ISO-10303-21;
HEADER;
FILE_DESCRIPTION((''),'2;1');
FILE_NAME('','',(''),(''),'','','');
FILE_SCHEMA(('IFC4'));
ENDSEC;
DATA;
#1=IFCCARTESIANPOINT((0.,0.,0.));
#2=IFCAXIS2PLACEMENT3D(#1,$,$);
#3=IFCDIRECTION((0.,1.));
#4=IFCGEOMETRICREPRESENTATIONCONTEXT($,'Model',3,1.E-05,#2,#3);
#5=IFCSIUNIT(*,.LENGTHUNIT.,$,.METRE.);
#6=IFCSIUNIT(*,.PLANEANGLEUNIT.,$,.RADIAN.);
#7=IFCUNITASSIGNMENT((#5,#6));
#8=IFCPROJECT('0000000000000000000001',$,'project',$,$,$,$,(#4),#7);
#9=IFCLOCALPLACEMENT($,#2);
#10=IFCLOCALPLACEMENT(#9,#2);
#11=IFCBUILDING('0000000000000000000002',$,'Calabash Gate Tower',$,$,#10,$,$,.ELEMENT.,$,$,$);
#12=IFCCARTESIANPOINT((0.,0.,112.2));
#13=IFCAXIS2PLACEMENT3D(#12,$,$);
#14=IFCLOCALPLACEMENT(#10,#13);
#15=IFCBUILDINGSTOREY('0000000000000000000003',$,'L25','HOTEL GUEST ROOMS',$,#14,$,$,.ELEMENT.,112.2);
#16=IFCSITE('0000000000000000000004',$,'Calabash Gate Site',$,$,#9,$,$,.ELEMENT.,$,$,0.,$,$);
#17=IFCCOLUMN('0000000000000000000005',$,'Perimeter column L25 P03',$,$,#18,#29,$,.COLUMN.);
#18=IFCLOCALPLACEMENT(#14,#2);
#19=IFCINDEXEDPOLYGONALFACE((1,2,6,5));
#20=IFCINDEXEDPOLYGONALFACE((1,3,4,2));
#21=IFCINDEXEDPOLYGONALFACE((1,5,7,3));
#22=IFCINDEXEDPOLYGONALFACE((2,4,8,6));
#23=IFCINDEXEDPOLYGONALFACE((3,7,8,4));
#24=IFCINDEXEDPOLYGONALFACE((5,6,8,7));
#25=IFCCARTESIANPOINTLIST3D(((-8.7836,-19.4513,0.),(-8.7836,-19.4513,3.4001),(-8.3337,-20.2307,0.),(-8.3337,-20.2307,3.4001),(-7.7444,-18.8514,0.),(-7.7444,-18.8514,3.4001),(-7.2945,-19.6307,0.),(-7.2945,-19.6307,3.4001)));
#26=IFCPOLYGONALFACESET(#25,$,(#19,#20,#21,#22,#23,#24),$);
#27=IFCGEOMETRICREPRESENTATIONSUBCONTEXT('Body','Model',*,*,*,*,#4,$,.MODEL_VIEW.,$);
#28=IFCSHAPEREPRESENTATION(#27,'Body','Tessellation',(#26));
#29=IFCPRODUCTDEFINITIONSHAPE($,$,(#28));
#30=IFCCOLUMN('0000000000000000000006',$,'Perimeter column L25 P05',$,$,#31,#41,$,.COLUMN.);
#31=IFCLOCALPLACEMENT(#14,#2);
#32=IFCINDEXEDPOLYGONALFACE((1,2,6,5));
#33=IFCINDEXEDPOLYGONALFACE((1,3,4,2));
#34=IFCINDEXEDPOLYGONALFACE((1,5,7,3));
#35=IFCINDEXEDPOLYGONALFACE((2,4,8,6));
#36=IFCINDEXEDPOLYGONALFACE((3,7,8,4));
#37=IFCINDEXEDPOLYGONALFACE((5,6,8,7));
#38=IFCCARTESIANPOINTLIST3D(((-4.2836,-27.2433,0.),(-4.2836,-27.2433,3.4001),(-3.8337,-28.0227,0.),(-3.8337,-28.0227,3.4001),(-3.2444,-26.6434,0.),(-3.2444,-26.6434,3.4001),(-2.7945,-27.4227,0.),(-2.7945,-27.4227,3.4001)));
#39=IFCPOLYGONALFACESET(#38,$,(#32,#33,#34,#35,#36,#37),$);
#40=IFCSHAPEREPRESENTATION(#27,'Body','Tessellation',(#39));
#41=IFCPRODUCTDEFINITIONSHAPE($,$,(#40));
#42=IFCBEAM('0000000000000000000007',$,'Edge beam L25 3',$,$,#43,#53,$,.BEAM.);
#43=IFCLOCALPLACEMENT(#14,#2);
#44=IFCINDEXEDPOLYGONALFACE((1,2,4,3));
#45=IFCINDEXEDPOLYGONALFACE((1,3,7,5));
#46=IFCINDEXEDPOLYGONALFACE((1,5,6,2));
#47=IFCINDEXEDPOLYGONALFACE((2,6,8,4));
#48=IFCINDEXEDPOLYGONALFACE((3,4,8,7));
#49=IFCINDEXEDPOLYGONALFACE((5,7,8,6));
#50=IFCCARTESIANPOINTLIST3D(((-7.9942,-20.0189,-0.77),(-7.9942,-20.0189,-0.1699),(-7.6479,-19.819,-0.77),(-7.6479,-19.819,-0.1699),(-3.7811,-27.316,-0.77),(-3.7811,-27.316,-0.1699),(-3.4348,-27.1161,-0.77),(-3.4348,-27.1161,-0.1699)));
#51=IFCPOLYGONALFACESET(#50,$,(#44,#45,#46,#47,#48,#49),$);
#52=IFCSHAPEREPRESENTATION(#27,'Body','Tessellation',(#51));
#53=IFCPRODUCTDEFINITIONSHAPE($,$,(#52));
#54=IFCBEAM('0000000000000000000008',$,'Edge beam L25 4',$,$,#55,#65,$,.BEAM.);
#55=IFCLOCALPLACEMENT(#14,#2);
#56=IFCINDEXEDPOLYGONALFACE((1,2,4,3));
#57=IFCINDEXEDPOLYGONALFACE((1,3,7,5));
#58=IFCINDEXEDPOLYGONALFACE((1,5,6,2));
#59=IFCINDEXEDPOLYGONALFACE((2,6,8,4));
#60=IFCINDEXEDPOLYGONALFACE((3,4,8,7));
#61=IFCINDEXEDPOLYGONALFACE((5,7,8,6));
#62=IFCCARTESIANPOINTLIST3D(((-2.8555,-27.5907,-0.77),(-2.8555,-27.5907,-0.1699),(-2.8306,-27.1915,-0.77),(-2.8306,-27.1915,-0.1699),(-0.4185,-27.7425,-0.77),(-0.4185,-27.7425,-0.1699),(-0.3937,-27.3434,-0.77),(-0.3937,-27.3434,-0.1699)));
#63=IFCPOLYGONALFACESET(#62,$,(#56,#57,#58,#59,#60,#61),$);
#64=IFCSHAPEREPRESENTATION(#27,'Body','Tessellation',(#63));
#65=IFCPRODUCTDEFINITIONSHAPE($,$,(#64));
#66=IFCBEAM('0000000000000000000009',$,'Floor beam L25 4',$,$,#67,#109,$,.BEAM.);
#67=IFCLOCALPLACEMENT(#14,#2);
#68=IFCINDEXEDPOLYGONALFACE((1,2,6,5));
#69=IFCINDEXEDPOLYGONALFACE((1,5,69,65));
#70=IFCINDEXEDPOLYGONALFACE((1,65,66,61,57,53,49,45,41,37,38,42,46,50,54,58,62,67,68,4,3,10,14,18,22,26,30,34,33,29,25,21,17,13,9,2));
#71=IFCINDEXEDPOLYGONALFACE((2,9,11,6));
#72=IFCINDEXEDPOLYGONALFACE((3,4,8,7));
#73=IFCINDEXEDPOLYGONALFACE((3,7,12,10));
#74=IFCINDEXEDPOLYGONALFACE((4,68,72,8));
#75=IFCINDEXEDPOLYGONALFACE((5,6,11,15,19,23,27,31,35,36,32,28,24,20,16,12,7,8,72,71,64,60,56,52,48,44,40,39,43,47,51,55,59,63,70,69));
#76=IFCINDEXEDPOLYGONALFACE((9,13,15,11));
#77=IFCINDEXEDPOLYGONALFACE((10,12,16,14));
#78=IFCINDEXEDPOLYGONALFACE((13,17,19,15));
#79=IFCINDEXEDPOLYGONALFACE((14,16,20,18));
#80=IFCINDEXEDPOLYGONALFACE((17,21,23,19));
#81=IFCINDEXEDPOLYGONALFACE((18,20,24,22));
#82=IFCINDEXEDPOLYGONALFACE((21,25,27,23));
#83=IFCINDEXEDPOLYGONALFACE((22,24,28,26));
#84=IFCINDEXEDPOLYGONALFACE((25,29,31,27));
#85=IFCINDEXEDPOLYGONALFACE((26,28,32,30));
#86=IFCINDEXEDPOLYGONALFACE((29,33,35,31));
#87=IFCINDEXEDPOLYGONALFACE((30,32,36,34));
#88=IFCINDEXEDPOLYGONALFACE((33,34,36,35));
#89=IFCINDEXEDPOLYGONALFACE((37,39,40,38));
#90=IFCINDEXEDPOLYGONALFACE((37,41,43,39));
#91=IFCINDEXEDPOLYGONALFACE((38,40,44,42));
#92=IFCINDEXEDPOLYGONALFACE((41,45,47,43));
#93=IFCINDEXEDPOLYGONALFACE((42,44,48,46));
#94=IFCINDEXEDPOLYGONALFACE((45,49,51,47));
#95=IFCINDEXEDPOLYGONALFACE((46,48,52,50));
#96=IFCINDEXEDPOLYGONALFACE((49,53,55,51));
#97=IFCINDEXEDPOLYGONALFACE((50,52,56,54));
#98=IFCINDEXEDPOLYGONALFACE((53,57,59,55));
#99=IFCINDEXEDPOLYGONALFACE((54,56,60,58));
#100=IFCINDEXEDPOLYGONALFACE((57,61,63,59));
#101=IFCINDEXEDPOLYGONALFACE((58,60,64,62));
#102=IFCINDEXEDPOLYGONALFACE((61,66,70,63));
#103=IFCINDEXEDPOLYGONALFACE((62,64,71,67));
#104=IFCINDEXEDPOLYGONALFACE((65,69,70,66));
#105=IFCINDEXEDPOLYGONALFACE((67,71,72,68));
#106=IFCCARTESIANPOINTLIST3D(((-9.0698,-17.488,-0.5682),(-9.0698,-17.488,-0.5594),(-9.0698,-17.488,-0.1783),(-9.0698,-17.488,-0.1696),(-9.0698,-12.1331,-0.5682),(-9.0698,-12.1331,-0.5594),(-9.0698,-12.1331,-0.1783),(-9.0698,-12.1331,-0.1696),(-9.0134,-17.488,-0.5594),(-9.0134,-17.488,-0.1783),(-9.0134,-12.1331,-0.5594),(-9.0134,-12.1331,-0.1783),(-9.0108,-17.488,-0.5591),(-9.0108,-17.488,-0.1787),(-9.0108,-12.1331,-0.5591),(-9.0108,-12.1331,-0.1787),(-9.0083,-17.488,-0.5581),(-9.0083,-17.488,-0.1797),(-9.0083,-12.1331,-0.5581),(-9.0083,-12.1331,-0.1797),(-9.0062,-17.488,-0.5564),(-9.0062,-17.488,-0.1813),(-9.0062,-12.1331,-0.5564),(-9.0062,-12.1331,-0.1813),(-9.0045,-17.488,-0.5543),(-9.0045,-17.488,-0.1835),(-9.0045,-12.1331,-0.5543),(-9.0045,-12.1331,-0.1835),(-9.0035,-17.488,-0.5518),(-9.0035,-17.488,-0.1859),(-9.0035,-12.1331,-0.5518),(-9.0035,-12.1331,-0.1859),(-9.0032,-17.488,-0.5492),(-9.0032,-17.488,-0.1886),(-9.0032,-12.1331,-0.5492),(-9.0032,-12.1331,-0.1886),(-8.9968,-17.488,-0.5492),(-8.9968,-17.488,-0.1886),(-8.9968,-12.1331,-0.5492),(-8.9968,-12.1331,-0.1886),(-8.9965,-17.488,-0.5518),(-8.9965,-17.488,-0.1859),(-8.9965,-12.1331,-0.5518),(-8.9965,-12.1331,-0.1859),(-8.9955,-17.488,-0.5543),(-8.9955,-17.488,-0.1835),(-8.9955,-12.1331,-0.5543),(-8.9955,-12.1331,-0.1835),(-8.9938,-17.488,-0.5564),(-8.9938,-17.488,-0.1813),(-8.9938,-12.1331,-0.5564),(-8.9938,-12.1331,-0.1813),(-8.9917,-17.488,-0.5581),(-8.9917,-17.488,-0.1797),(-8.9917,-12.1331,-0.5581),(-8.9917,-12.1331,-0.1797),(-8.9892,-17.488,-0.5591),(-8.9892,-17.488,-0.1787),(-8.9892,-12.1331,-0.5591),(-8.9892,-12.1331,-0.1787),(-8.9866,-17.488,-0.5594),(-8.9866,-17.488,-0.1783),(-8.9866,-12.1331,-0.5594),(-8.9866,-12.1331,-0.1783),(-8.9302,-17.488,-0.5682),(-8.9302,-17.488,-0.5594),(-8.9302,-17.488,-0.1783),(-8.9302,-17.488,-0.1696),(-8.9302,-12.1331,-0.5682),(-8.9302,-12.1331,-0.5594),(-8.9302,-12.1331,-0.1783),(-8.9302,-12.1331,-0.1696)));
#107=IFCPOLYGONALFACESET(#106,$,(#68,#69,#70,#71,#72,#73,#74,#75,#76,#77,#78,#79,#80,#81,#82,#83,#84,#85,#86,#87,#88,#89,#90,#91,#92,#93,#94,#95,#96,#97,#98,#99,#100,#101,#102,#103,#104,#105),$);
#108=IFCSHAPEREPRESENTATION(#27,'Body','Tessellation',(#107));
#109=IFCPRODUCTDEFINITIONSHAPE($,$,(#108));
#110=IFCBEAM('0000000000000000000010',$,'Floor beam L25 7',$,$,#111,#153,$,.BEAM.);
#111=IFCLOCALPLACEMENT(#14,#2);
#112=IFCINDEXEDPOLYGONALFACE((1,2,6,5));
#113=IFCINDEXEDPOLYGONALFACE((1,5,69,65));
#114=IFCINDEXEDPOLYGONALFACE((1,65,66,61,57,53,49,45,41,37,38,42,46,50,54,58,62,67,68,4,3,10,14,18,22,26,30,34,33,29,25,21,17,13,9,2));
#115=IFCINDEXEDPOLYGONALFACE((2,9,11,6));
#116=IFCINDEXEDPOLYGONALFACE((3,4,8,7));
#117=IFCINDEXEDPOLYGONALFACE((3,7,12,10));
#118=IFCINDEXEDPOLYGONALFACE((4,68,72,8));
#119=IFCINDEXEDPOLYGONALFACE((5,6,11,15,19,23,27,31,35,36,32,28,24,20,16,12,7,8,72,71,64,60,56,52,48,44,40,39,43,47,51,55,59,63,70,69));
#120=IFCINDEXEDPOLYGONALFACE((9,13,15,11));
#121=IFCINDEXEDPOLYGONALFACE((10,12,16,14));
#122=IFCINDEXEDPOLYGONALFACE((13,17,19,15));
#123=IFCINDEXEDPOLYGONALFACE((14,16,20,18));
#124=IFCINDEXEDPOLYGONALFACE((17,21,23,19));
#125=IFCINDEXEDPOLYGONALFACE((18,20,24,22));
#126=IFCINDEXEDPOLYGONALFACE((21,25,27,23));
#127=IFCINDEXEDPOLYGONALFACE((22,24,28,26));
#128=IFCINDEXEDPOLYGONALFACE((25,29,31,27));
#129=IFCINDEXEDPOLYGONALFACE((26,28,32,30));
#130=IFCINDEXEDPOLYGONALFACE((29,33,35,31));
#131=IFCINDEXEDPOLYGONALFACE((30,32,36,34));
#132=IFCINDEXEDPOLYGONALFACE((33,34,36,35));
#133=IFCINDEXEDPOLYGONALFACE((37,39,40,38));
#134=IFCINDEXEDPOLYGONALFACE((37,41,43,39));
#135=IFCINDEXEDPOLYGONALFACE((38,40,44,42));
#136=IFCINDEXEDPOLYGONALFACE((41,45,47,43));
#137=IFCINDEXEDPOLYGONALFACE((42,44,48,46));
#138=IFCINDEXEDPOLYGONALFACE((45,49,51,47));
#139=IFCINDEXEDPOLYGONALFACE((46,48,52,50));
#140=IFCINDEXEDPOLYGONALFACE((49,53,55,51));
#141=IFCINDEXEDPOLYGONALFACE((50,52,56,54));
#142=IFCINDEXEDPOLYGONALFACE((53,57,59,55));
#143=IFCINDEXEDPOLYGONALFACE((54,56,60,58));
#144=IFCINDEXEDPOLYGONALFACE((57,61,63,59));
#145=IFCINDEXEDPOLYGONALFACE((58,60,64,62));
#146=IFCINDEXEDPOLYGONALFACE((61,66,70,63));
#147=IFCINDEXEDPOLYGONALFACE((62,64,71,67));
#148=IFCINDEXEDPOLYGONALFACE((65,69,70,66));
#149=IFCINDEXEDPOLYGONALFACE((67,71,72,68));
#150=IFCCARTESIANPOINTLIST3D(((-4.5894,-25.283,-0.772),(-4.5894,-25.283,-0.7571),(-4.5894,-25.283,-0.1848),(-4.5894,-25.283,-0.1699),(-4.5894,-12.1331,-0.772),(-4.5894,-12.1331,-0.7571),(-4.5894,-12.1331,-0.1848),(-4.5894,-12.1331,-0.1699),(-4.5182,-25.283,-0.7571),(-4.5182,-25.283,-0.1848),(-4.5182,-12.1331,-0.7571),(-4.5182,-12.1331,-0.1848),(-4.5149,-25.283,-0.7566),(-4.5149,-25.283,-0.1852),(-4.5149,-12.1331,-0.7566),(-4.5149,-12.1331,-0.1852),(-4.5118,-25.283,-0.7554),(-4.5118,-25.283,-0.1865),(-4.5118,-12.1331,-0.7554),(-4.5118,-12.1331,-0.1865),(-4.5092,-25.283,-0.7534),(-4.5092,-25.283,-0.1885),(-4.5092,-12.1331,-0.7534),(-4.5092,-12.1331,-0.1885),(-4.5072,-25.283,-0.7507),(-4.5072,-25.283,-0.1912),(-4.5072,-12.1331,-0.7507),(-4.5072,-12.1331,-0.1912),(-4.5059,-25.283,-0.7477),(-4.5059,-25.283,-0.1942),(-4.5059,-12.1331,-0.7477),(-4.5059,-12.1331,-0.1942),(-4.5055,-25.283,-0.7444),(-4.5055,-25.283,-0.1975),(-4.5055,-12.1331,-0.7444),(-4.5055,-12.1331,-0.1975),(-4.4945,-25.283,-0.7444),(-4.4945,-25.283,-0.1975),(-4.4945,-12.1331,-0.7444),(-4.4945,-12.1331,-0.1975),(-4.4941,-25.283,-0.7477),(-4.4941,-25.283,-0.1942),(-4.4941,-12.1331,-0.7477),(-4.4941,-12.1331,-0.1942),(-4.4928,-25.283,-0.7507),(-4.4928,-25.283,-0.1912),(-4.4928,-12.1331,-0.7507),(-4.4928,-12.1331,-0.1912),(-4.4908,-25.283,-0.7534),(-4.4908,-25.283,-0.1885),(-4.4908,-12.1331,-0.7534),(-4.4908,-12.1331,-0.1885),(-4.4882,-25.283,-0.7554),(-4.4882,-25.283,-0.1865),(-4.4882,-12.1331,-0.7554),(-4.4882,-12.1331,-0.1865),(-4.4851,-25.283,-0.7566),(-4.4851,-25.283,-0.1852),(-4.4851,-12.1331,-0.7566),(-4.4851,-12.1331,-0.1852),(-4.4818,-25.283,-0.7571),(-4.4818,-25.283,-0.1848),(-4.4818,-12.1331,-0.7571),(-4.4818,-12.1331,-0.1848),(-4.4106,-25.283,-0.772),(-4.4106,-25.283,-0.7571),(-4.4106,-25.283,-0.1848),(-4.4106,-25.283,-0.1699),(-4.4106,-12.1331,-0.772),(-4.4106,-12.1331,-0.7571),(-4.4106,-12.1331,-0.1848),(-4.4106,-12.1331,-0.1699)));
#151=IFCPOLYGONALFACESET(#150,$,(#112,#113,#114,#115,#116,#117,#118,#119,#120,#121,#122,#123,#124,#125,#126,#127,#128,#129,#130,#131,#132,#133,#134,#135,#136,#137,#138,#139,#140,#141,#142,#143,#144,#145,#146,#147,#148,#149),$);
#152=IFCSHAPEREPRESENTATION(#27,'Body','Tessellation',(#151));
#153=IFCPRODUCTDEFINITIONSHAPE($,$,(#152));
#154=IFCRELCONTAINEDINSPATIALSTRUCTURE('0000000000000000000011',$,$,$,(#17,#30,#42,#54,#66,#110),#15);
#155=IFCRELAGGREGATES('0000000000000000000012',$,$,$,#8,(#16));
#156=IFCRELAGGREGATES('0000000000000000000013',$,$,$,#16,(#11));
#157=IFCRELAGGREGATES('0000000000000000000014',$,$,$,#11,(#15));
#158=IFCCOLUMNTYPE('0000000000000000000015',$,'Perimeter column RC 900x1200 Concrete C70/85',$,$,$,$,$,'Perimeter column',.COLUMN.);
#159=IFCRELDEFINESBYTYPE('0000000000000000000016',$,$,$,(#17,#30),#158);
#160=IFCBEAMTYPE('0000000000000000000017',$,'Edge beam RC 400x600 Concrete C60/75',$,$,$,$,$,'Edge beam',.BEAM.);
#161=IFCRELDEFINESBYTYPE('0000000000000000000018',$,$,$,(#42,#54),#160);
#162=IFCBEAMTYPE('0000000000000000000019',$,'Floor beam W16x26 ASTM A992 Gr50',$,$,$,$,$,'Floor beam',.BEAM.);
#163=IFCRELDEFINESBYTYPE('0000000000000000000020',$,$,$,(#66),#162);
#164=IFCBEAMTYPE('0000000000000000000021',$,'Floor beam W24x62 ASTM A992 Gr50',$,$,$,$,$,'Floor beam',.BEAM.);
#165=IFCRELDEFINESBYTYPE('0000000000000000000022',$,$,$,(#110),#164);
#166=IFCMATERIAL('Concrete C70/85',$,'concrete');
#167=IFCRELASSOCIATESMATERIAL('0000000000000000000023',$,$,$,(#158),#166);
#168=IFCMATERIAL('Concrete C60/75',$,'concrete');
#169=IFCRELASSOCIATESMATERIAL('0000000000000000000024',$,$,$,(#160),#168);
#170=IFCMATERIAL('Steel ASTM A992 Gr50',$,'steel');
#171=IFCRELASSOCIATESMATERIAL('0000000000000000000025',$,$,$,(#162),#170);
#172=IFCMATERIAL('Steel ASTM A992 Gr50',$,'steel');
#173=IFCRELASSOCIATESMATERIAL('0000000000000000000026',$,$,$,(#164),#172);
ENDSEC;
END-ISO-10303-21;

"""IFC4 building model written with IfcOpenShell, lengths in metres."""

from ifc_helpers import new_model, si_unit, direction, frame, origin, origin_2d, place, context, subcontext, project, spatial, rectangle, i_section, extrude, material, material_profile, profile_set, type_object, element, save


model = new_model("IFC4")

# Units and contexts
model_context = context("Model", 3, precision=1e-05, world=origin(), true_north=direction((0.0, 1.0)))
body_context = subcontext(model_context, "Body", "Model", "MODEL_VIEW")
ifc_project = project(units=[si_unit("LENGTHUNIT", "METRE"), si_unit("PLANEANGLEUNIT", "RADIAN")], contexts=[model_context])

# Site, building, storey
site_placement = place(None, origin())
site = spatial("IfcSite", under=ifc_project, at=site_placement, Name="Calabash Gate Site", CompositionType="ELEMENT", RefElevation=0.0)
building_placement = place(site_placement, origin())
building = spatial("IfcBuilding", under=site, at=building_placement, Name="Calabash Gate Tower", CompositionType="ELEMENT")
storey_placement = place(building_placement, frame((0.0, 0.0, 112.2)))
storey = spatial("IfcBuildingStorey", under=building, at=storey_placement, Name="L25", Description="HOTEL GUEST ROOMS", CompositionType="ELEMENT", Elevation=112.2)

# Columns
ifc_material_1 = material(Name="Concrete C70/85", Category="concrete")
ifc_material_profile_1 = material_profile(ifc_material_1, rectangle(XDim=0.8999, YDim=1.2, at=origin_2d()))
ifc_profile_set_1 = profile_set([ifc_material_profile_1], Name="Concrete C70/85")
column_type = type_object("IfcColumnType", Name="Perimeter column RC 900x1200 Concrete C70/85", ElementType="Perimeter column", PredefinedType="COLUMN", material=ifc_profile_set_1)
for number, where, z_axis, x_axis, name in (
    (1, (-8.0391, -19.541, 0.0), (0.0, 0.0, 1.0), (0.5, -0.866025, 0.0), "Perimeter column L25 P03"),
    (2, (-3.5391, -27.333, 0.0), (0.0, 0.0, 1.0), (0.5, -0.866025, 0.0), "Perimeter column L25 P05"),
):
    element("IfcColumn", number, at=place(storey_placement, frame(where, z_axis=z_axis, x_axis=x_axis)), inside=storey, type_object=column_type, Name=name, PredefinedType="COLUMN", context=body_context, shape_type="SweptSolid", body=[
        extrude(rectangle(XDim=0.8999, YDim=1.2, at=origin_2d()), origin(), (0.0, 0.0, 1.0), 3.4001),
    ])

# Beams
ifc_material_2 = material(Name="Concrete C60/75", Category="concrete")
ifc_material_profile_2 = material_profile(ifc_material_2, rectangle(XDim=0.3999, YDim=0.6001, at=origin_2d()))
ifc_profile_set_2 = profile_set([ifc_material_profile_2], Name="Concrete C60/75")
beam_type_1 = type_object("IfcBeamType", Name="Edge beam RC 400x600 Concrete C60/75", ElementType="Edge beam", PredefinedType="BEAM", material=ifc_profile_set_2)
beam_1_placement = place(storey_placement, frame((-7.821, -19.9189, -0.47), z_axis=(0.500013, -0.866018, 0.0), x_axis=(0.866018, 0.500013, 0.0)))
element("IfcBeam", 3, at=beam_1_placement, inside=storey, type_object=beam_type_1, Name="Edge beam L25 3", PredefinedType="BEAM", context=body_context, shape_type="SweptSolid", body=[
    extrude(rectangle(XDim=0.3999, YDim=0.6001, at=origin_2d()), origin(), (0.0, 0.0, 1.0), 8.426),
])
beam_2_placement = place(storey_placement, frame((-2.843, -27.3911, -0.47), z_axis=(0.998064, -0.062192, 0.0), x_axis=(0.062192, 0.998064, 0.0)))
element("IfcBeam", 4, at=beam_2_placement, inside=storey, type_object=beam_type_1, Name="Edge beam L25 4", PredefinedType="BEAM", context=body_context, shape_type="SweptSolid", body=[
    extrude(rectangle(XDim=0.3999, YDim=0.6001, at=origin_2d()), origin(), (0.0, 0.0, 1.0), 2.4417),
])
ifc_material_3 = material(Name="Steel ASTM A992 Gr50", Category="steel")
ifc_material_profile_3 = material_profile(ifc_material_3, i_section(OverallWidth=0.1396, OverallDepth=0.3987, WebThickness=0.0063, FlangeThickness=0.0088, FilletRadius=0.0103, at=origin_2d()))
ifc_profile_set_3 = profile_set([ifc_material_profile_3], Name="Steel ASTM A992 Gr50")
beam_type_2 = type_object("IfcBeamType", Name="Floor beam W16x26 ASTM A992 Gr50", ElementType="Floor beam", PredefinedType="BEAM", material=ifc_profile_set_3)
beam_3_placement = place(storey_placement, frame((-9.0, -17.488, -0.3689), z_axis=(0.0, 1.0, 0.0), x_axis=(-1.0, 0.0, 0.0)))
element("IfcBeam", 5, at=beam_3_placement, inside=storey, type_object=beam_type_2, Name="Floor beam L25 4", PredefinedType="BEAM", context=body_context, shape_type="SweptSolid", body=[
    extrude(i_section(OverallWidth=0.1396, OverallDepth=0.3987, WebThickness=0.0063, FlangeThickness=0.0088, FilletRadius=0.0103, at=origin_2d()), origin(), (0.0, 0.0, 1.0), 5.355),
])
ifc_material_4 = material(Name="Steel ASTM A992 Gr50", Category="steel")
ifc_material_profile_4 = material_profile(ifc_material_4, i_section(OverallWidth=0.1787, OverallDepth=0.6021, WebThickness=0.011, FlangeThickness=0.0149, FilletRadius=0.0127, at=origin_2d()))
ifc_profile_set_4 = profile_set([ifc_material_profile_4], Name="Steel ASTM A992 Gr50")
beam_type_3 = type_object("IfcBeamType", Name="Floor beam W24x62 ASTM A992 Gr50", ElementType="Floor beam", PredefinedType="BEAM", material=ifc_profile_set_4)
beam_4_placement = place(storey_placement, frame((-4.5, -25.283, -0.4709), z_axis=(0.0, 1.0, 0.0), x_axis=(-1.0, 0.0, 0.0)))
element("IfcBeam", 6, at=beam_4_placement, inside=storey, type_object=beam_type_3, Name="Floor beam L25 7", PredefinedType="BEAM", context=body_context, shape_type="SweptSolid", body=[
    extrude(i_section(OverallWidth=0.1787, OverallDepth=0.6021, WebThickness=0.011, FlangeThickness=0.0149, FilletRadius=0.0127, at=origin_2d()), origin(), (0.0, 0.0, 1.0), 13.1499),
])

save(model, "model.ifc")
